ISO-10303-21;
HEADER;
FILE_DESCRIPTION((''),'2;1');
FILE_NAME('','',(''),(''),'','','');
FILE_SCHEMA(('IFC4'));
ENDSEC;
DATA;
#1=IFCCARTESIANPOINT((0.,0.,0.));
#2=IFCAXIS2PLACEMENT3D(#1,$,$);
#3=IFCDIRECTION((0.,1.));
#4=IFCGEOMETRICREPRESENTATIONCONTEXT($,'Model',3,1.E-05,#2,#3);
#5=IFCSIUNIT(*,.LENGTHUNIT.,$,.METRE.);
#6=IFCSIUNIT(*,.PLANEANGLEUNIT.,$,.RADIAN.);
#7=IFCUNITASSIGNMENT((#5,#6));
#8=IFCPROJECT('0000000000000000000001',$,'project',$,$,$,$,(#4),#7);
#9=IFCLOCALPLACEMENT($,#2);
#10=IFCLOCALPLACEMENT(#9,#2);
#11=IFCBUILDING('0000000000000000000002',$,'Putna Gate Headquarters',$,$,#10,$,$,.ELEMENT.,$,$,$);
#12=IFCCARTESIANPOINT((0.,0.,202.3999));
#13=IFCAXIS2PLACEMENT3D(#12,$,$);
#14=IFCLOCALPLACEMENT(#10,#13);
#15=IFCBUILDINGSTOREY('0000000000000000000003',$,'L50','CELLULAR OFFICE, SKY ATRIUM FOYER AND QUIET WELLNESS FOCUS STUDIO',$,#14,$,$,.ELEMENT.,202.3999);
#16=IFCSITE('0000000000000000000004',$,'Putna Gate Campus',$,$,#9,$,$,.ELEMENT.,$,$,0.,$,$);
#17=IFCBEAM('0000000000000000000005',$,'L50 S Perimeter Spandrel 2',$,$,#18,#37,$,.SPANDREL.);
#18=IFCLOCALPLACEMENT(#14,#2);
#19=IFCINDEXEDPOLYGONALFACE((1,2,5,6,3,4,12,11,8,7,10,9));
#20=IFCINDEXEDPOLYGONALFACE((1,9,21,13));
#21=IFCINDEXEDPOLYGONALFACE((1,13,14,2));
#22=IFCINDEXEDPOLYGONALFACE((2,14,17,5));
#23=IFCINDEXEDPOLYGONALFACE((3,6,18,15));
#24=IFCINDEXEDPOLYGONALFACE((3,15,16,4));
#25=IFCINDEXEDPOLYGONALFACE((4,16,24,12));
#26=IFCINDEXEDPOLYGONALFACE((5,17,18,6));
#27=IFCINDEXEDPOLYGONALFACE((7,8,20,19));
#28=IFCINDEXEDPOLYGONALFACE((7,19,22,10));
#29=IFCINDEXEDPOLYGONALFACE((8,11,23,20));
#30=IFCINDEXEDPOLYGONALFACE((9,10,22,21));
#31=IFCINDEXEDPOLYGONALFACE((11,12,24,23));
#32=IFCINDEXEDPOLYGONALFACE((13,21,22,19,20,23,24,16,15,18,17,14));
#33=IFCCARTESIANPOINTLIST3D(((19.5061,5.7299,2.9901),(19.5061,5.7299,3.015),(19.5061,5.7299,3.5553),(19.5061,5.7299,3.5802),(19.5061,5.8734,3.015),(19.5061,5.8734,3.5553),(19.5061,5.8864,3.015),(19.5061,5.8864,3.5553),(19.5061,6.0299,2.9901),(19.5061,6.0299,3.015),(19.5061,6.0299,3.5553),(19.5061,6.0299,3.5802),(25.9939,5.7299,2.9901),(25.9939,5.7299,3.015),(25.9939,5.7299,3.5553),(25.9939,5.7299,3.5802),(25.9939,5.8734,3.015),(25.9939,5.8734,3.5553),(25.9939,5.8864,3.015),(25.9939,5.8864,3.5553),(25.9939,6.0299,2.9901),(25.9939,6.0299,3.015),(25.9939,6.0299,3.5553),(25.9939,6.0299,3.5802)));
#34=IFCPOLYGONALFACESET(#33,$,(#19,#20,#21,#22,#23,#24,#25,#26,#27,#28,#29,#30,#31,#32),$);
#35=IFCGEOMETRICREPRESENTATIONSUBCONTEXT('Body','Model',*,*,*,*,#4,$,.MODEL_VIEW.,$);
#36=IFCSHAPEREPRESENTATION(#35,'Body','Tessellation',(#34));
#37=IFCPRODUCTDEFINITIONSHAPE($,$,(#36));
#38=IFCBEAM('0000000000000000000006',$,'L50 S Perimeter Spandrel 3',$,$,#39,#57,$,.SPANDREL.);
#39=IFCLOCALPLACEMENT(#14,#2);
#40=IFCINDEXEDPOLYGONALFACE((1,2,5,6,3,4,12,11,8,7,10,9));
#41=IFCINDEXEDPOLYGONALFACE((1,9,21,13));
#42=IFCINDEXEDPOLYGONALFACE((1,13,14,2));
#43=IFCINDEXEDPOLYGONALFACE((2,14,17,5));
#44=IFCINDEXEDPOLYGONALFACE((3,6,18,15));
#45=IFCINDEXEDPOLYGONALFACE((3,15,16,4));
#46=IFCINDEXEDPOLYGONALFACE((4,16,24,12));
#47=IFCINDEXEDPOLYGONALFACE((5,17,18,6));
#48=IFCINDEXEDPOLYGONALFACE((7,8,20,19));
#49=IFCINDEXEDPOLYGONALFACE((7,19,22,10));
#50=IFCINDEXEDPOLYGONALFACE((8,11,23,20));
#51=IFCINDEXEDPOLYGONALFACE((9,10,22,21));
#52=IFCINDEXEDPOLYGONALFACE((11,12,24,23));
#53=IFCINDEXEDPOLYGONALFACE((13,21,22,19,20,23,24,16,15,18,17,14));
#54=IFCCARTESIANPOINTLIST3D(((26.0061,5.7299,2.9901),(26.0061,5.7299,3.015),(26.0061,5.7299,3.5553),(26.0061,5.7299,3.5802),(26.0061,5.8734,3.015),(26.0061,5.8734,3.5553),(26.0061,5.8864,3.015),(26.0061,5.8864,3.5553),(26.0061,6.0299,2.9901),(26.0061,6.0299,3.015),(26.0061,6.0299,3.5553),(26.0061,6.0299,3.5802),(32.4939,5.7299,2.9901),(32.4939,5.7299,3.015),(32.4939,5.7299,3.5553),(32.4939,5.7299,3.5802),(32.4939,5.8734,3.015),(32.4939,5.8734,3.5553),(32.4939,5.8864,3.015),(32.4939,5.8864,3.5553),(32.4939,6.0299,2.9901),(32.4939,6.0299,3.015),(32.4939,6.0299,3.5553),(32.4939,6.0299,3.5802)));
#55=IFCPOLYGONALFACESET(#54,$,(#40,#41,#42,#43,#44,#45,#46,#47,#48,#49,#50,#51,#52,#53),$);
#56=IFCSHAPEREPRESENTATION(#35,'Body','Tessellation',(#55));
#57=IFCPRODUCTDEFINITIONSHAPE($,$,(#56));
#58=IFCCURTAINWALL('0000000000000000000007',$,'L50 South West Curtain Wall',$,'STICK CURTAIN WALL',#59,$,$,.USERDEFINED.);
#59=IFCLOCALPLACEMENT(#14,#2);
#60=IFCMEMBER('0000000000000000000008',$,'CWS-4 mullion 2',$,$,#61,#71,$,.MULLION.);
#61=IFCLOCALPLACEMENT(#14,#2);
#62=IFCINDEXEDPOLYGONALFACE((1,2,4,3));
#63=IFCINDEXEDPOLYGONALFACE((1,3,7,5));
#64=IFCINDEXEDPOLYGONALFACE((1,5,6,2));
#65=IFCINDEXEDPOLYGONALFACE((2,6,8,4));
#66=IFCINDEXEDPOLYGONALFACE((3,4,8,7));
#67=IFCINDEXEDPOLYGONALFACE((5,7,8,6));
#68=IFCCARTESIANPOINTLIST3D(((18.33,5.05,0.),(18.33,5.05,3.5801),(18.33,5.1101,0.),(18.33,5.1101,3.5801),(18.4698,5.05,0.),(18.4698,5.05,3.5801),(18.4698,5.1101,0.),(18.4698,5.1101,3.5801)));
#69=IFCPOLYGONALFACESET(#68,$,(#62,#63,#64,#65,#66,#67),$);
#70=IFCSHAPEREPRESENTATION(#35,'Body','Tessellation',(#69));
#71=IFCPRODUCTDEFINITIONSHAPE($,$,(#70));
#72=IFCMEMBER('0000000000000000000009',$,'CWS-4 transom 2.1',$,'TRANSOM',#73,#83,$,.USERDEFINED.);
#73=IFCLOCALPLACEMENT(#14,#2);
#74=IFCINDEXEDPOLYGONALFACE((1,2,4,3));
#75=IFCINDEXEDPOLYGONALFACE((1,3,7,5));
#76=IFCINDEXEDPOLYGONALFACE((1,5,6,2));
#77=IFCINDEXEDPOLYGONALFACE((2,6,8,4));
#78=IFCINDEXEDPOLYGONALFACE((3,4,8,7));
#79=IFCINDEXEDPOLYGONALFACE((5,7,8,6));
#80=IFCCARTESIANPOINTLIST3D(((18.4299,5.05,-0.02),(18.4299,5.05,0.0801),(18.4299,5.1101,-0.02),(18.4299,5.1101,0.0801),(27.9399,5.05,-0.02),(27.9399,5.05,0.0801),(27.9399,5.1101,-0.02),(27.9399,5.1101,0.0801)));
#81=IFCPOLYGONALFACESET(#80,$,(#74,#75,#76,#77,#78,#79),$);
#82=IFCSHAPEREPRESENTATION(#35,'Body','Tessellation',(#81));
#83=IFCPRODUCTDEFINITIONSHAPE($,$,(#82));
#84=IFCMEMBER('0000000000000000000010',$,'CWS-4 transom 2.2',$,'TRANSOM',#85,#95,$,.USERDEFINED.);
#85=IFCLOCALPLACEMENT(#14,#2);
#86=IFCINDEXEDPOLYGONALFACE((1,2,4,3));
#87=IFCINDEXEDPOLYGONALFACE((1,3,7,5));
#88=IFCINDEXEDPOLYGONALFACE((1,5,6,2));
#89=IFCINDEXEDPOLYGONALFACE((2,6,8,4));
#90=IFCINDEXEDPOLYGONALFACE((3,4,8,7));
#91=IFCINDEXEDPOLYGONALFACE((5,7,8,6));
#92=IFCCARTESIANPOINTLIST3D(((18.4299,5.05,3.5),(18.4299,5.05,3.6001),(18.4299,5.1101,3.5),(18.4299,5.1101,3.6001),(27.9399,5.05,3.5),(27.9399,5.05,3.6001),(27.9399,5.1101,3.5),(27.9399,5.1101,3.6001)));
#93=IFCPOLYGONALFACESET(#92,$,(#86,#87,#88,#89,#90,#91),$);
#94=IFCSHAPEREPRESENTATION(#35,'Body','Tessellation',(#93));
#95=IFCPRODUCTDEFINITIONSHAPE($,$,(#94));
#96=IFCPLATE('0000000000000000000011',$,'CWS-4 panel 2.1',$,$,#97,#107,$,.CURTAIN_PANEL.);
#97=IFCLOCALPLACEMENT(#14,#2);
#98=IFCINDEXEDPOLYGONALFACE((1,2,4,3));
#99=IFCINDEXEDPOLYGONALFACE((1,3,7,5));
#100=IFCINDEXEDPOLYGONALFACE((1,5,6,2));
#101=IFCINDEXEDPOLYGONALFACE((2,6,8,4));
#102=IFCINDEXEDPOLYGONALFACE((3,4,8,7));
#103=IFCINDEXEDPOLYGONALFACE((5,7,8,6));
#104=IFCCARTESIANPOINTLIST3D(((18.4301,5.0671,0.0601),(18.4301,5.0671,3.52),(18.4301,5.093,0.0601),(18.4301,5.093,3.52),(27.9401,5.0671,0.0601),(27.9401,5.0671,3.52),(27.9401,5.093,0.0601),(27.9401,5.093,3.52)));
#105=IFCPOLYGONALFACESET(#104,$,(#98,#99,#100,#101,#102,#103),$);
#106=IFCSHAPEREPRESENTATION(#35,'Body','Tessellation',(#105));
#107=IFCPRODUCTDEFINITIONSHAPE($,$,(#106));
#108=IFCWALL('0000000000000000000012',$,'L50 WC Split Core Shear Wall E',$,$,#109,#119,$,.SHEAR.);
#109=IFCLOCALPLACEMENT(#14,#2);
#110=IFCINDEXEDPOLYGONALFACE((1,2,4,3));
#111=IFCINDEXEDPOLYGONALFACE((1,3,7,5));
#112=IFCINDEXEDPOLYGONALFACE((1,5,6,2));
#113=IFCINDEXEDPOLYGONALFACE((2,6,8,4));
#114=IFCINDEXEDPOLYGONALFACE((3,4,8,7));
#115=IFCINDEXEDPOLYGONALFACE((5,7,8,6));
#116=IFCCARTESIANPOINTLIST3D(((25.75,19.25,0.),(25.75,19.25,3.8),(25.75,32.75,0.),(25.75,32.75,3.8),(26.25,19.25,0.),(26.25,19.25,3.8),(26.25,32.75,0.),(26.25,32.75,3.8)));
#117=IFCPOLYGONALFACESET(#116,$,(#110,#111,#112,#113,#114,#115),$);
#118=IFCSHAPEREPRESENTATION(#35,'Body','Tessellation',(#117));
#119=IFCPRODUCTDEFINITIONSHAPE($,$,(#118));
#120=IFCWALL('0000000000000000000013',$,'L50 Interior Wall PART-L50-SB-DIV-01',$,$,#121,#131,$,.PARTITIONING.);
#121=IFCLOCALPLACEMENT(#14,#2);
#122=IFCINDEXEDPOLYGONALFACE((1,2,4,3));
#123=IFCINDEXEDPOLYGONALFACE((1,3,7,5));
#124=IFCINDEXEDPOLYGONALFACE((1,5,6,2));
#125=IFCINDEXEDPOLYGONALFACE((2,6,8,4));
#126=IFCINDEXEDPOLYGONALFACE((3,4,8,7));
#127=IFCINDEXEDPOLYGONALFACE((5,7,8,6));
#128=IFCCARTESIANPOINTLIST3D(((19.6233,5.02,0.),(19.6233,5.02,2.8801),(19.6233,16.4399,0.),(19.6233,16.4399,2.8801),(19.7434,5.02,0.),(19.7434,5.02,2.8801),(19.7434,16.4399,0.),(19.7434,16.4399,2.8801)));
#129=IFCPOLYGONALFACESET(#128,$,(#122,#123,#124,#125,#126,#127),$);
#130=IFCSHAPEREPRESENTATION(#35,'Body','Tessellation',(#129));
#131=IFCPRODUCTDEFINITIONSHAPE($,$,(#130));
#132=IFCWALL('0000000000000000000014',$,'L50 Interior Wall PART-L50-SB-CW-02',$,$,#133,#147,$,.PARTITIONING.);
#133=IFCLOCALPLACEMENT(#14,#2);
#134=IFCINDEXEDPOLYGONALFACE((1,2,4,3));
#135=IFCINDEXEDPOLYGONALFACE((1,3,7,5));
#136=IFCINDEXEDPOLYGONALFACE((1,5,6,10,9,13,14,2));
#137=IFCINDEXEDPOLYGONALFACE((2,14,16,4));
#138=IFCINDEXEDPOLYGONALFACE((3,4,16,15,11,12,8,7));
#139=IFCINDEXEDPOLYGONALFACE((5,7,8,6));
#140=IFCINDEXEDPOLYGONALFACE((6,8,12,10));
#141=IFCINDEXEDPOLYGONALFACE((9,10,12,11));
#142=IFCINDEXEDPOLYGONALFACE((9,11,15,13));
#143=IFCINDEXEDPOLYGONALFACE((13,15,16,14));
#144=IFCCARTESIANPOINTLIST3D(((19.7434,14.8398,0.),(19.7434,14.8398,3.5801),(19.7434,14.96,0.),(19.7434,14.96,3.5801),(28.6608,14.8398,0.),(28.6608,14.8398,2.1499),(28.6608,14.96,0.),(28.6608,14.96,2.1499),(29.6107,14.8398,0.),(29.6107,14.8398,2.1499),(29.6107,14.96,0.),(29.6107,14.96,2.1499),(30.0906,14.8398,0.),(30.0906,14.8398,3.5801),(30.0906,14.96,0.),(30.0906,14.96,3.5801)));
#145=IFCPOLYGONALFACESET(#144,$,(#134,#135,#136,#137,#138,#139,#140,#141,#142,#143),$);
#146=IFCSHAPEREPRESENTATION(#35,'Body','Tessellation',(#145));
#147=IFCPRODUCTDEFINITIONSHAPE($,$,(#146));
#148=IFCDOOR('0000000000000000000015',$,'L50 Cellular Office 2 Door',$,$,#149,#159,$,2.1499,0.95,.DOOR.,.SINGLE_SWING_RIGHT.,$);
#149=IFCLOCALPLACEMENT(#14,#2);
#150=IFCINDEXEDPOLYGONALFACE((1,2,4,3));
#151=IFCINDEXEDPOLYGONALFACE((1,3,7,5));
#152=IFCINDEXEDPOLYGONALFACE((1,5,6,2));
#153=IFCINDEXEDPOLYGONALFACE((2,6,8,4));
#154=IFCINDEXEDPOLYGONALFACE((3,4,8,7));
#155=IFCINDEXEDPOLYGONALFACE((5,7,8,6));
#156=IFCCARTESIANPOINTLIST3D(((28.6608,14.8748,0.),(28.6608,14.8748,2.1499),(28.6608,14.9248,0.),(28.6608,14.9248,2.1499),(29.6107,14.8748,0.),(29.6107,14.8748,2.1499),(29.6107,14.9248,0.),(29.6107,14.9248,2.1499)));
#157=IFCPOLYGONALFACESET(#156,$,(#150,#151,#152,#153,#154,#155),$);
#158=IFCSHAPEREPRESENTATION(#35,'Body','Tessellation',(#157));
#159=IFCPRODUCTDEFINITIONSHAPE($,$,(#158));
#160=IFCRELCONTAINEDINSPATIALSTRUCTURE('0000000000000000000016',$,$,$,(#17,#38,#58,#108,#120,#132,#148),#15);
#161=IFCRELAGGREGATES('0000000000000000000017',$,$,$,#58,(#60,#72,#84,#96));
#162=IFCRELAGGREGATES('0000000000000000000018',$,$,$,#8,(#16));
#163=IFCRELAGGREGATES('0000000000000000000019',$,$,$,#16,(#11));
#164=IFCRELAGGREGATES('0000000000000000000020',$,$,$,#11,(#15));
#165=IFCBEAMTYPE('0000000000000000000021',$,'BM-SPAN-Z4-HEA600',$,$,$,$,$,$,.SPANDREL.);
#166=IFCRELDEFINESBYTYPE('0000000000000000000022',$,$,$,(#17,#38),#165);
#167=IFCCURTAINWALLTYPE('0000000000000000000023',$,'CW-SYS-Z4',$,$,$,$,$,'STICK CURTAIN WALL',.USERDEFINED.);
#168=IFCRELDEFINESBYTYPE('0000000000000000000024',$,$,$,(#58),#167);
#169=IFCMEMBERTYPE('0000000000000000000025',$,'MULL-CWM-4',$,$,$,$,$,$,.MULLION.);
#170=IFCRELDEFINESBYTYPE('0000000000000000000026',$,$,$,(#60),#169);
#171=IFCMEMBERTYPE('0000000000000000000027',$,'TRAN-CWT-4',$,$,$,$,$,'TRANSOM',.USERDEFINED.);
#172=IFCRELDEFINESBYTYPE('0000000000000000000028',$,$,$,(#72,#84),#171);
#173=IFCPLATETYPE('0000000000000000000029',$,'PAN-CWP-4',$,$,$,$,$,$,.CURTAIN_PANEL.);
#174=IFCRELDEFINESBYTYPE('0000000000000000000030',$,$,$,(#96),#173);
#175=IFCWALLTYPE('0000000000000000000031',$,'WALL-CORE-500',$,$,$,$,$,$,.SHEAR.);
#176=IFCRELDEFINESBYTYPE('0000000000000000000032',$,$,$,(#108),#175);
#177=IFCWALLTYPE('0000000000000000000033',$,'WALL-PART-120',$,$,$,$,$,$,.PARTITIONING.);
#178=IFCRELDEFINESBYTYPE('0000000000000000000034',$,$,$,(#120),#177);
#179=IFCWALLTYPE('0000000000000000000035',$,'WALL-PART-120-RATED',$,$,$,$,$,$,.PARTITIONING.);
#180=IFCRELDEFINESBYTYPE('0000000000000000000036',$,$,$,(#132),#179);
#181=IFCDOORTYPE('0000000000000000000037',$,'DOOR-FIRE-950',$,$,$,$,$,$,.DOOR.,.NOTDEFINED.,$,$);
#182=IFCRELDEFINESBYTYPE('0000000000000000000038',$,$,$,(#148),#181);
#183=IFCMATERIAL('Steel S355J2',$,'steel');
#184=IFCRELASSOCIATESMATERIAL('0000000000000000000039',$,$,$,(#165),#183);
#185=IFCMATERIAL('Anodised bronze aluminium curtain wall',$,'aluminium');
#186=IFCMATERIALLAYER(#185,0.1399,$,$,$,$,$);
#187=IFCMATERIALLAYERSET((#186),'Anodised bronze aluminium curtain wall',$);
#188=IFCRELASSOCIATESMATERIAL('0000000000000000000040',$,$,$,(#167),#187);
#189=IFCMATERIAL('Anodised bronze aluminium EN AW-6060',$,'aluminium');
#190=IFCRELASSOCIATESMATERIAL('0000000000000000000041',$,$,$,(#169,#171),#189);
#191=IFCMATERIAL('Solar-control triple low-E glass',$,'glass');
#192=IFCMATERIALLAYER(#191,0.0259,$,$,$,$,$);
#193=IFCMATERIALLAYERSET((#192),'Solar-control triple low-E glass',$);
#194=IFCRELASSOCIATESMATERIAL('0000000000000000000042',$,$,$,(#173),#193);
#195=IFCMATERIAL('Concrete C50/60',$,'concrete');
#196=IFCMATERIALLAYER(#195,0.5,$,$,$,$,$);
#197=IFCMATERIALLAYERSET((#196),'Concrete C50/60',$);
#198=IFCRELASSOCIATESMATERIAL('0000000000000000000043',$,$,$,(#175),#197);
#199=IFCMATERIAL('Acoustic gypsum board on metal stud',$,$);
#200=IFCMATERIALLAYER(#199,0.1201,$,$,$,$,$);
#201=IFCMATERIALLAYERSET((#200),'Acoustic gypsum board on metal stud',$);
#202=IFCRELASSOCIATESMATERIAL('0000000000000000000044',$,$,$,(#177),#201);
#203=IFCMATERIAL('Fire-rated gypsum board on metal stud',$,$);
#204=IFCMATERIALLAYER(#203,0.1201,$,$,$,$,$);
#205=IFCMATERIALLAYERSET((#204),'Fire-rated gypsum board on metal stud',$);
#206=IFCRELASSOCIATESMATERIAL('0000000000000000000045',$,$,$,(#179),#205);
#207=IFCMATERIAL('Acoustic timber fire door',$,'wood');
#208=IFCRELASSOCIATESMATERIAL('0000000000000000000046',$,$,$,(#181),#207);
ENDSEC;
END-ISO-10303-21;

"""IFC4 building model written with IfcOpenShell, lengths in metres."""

from ifc_helpers import new_model, si_unit, direction, frame, frame_2d, origin, origin_2d, place, context, subcontext, project, spatial, rectangle, i_section, extrude, material, layer, layer_set, material_profile, profile_set, type_object, element, fill, aggregate, save


model = new_model("IFC4")

# Units and contexts
model_context = context("Model", 3, precision=1e-05, world=origin(), true_north=direction((0.0, 1.0)))
body_context = subcontext(model_context, "Body", "Model", "MODEL_VIEW")
ifc_project = project(units=[si_unit("LENGTHUNIT", "METRE"), si_unit("PLANEANGLEUNIT", "RADIAN")], contexts=[model_context])

# Site, building, storey
site_placement = place(None, origin())
site = spatial("IfcSite", under=ifc_project, at=site_placement, Name="Putna Gate Campus", CompositionType="ELEMENT", RefElevation=0.0)
building_placement = place(site_placement, origin())
building = spatial("IfcBuilding", under=site, at=building_placement, Name="Putna Gate Headquarters", CompositionType="ELEMENT")
storey_placement = place(building_placement, frame((0.0, 0.0, 202.3999)))
storey = spatial("IfcBuildingStorey", under=building, at=storey_placement, Name="L50", Description="CELLULAR OFFICE, SKY ATRIUM FOYER AND QUIET WELLNESS FOCUS STUDIO", CompositionType="ELEMENT", Elevation=202.3999)

# Beams
ifc_material_1 = material(Name="Steel S355J2", Category="steel")
ifc_material_profile_1 = material_profile(ifc_material_1, i_section(OverallWidth=0.3, OverallDepth=0.5901, WebThickness=0.0129, FlangeThickness=0.0249, at=origin_2d()), Name="Steel S355J2")
ifc_profile_set_1 = profile_set([ifc_material_profile_1], Name="Steel S355J2")
beam_type_1 = type_object("IfcBeamType", Name="BM-SPAN-Z4-HEA600", PredefinedType="SPANDREL", material=ifc_profile_set_1)
for number, where, z_axis, x_axis, name in (
    (1, (19.5061, 5.8799, 3.2852), (1.0, 0.0, 0.0), (0.0, 1.0, 0.0), "L50 S Perimeter Spandrel 2"),
    (2, (26.0061, 5.8799, 3.2852), (1.0, 0.0, 0.0), (0.0, 1.0, 0.0), "L50 S Perimeter Spandrel 3"),
):
    element("IfcBeam", number, at=place(storey_placement, frame(where, z_axis=z_axis, x_axis=x_axis)), inside=storey, type_object=beam_type_1, Name=name, PredefinedType="SPANDREL", context=body_context, shape_type="SweptSolid", body=[
        extrude(i_section(OverallWidth=0.3, OverallDepth=0.5901, WebThickness=0.0129, FlangeThickness=0.0249, at=origin_2d()), origin(), (0.0, 0.0, 1.0), 6.4878),
    ])

# Curtain wall, members, plate
ifc_material_2 = material(Name="Anodised bronze aluminium curtain wall", Category="aluminium")
ifc_layer_1 = layer(ifc_material_2, 0.1399)
ifc_layer_set_1 = layer_set([ifc_layer_1], Name="Anodised bronze aluminium curtain wall")
curtain_wall_type = type_object("IfcCurtainWallType", Name="CW-SYS-Z4", ElementType="STICK CURTAIN WALL", PredefinedType="USERDEFINED", material=ifc_layer_set_1)
curtain_wall_placement = place(storey_placement, origin())
curtain_wall = element("IfcCurtainWall", 3, at=curtain_wall_placement, inside=storey, type_object=curtain_wall_type, Name="L50 South West Curtain Wall", ObjectType="STICK CURTAIN WALL", PredefinedType="USERDEFINED")
ifc_material_3 = material(Name="Anodised bronze aluminium EN AW-6060", Category="aluminium")
ifc_material_profile_2 = material_profile(ifc_material_3, rectangle(XDim=0.0601, YDim=0.1399, at=origin_2d()), Name="Anodised bronze aluminium EN AW-6060")
ifc_profile_set_2 = profile_set([ifc_material_profile_2], Name="Anodised bronze aluminium EN AW-6060")
member_type_1 = type_object("IfcMemberType", Name="MULL-CWM-4", PredefinedType="MULLION", material=ifc_profile_set_2)
member_1_placement = place(storey_placement, frame((18.3999, 5.0801, 0.0), z_axis=(0.0, 0.0, 1.0), x_axis=(0.0, 1.0, 0.0)))
member_1 = element("IfcMember", 4, at=member_1_placement, type_object=member_type_1, Name="CWS-4 mullion 2", PredefinedType="MULLION", context=body_context, shape_type="SweptSolid", body=[
    extrude(rectangle(XDim=0.0601, YDim=0.1399, at=origin_2d()), origin(), (0.0, 0.0, 1.0), 3.5801),
])
ifc_material_profile_3 = material_profile(ifc_material_3, rectangle(XDim=0.0601, YDim=0.1001, at=origin_2d()), Name="Anodised bronze aluminium EN AW-6060")
ifc_profile_set_3 = profile_set([ifc_material_profile_3], Name="Anodised bronze aluminium EN AW-6060")
member_type_2 = type_object("IfcMemberType", Name="TRAN-CWT-4", ElementType="TRANSOM", PredefinedType="USERDEFINED", material=ifc_profile_set_3)
member_2_placement = place(storey_placement, frame((18.4299, 5.0801, 0.03), z_axis=(1.0, 0.0, 0.0), x_axis=(0.0, 1.0, 0.0)))
member_2 = element("IfcMember", 5, at=member_2_placement, type_object=member_type_2, Name="CWS-4 transom 2.1", ObjectType="TRANSOM", PredefinedType="USERDEFINED", context=body_context, shape_type="SweptSolid", body=[
    extrude(rectangle(XDim=0.0601, YDim=0.1001, at=origin_2d()), origin(), (0.0, 0.0, 1.0), 9.51),
])
member_3_placement = place(storey_placement, frame((18.4299, 5.0801, 3.55), z_axis=(1.0, 0.0, 0.0), x_axis=(0.0, 1.0, 0.0)))
member_3 = element("IfcMember", 6, at=member_3_placement, type_object=member_type_2, Name="CWS-4 transom 2.2", ObjectType="TRANSOM", PredefinedType="USERDEFINED", context=body_context, shape_type="SweptSolid", body=[
    extrude(rectangle(XDim=0.0601, YDim=0.1001, at=origin_2d()), origin(), (0.0, 0.0, 1.0), 9.51),
])
ifc_material_4 = material(Name="Solar-control triple low-E glass", Category="glass")
ifc_layer_2 = layer(ifc_material_4, 0.0259)
ifc_layer_set_2 = layer_set([ifc_layer_2], Name="Solar-control triple low-E glass")
plate_type = type_object("IfcPlateType", Name="PAN-CWP-4", PredefinedType="CURTAIN_PANEL", material=ifc_layer_set_2)
plate_placement = place(storey_placement, frame((23.1851, 5.0801, 0.0601), z_axis=(0.0, 0.0, 1.0), x_axis=(1.0, 0.0, 0.0)))
plate = element("IfcPlate", 7, at=plate_placement, type_object=plate_type, Name="CWS-4 panel 2.1", PredefinedType="CURTAIN_PANEL", context=body_context, shape_type="SweptSolid", body=[
    extrude(rectangle(XDim=9.51, YDim=0.0259, at=origin_2d()), origin(), (0.0, 0.0, 1.0), 3.46),
])
aggregate(curtain_wall, [member_1, member_2, member_3, plate])

# Walls
ifc_material_5 = material(Name="Concrete C50/60", Category="concrete")
ifc_layer_3 = layer(ifc_material_5, 0.5)
ifc_layer_set_3 = layer_set([ifc_layer_3], Name="Concrete C50/60")
wall_type_1 = type_object("IfcWallType", Name="WALL-CORE-500", PredefinedType="SHEAR", material=ifc_layer_set_3)
wall_1_placement = place(storey_placement, frame((26.0, 19.25, 0.0), z_axis=(0.0, 0.0, 1.0), x_axis=(0.0, 1.0, 0.0)))
element("IfcWall", 8, at=wall_1_placement, inside=storey, type_object=wall_type_1, Name="L50 WC Split Core Shear Wall E", PredefinedType="SHEAR", context=body_context, shape_type="SweptSolid", body=[
    extrude(rectangle(XDim=13.5, YDim=0.5, at=frame_2d((6.75, 0.0))), origin(), (0.0, 0.0, 1.0), 3.8),
])
ifc_material_6 = material(Name="Acoustic gypsum board on metal stud")
ifc_layer_4 = layer(ifc_material_6, 0.1201)
ifc_layer_set_4 = layer_set([ifc_layer_4], Name="Acoustic gypsum board on metal stud")
wall_type_2 = type_object("IfcWallType", Name="WALL-PART-120", PredefinedType="PARTITIONING", material=ifc_layer_set_4)
wall_2_placement = place(storey_placement, frame((19.6833, 5.02, 0.0), z_axis=(0.0, 0.0, 1.0), x_axis=(0.0, 1.0, 0.0)))
element("IfcWall", 9, at=wall_2_placement, inside=storey, type_object=wall_type_2, Name="L50 Interior Wall PART-L50-SB-DIV-01", PredefinedType="PARTITIONING", context=body_context, shape_type="SweptSolid", body=[
    extrude(rectangle(XDim=11.4199, YDim=0.1201, at=frame_2d((5.71, 0.0))), origin(), (0.0, 0.0, 1.0), 2.8801),
])

# Wall, opening, door
ifc_material_7 = material(Name="Fire-rated gypsum board on metal stud")
ifc_layer_5 = layer(ifc_material_7, 0.1201)
ifc_layer_set_5 = layer_set([ifc_layer_5], Name="Fire-rated gypsum board on metal stud")
wall_type_3 = type_object("IfcWallType", Name="WALL-PART-120-RATED", PredefinedType="PARTITIONING", material=ifc_layer_set_5)
wall_3_placement = place(storey_placement, frame((19.7434, 14.8999, 0.0), z_axis=(0.0, 0.0, 1.0), x_axis=(1.0, 0.0, 0.0)))
wall_3 = element("IfcWall", 10, at=wall_3_placement, inside=storey, type_object=wall_type_3, Name="L50 Interior Wall PART-L50-SB-CW-02", PredefinedType="PARTITIONING", context=body_context, shape_type="SweptSolid", body=[
    extrude(rectangle(XDim=10.3472, YDim=0.1201, at=frame_2d((5.1736, 0.0))), origin(), (0.0, 0.0, 1.0), 3.5801),
])
opening_1_placement = place(wall_3_placement, frame((8.9172, 0.0, 0.0)))
opening_1 = element("IfcOpeningElement", 11, at=opening_1_placement, cuts=wall_3, PredefinedType="OPENING", context=body_context, shape_type="SweptSolid", body=[
    extrude(rectangle(XDim=0.95, YDim=2.1499, at=frame_2d((0.4751, 1.075))), frame((0.0, 0.0701, 0.0), z_axis=(0.0, -1.0, 0.0), x_axis=(1.0, 0.0, 0.0)), (0.0, 0.0, 1.0), 0.1401),
])
ifc_material_8 = material(Name="Acoustic timber fire door", Category="wood")
door_type_1 = type_object("IfcDoorType", Name="DOOR-FIRE-950", OperationType="NOTDEFINED", PredefinedType="DOOR", material=ifc_material_8)
door_1_placement = place(opening_1_placement, origin())
door_1 = element("IfcDoor", 12, at=door_1_placement, inside=storey, type_object=door_type_1, Name="L50 Cellular Office 2 Door", OperationType="SINGLE_SWING_RIGHT", OverallHeight=2.1499, OverallWidth=0.95, PredefinedType="DOOR", context=body_context, shape_type="SweptSolid", body=[
    extrude(rectangle(XDim=0.95, YDim=2.1499, at=frame_2d((0.4751, 1.075))), frame((0.0, 0.0249, 0.0), z_axis=(0.0, -1.0, 0.0), x_axis=(1.0, 0.0, 0.0)), (0.0, 0.0, 1.0), 0.05),
])
fill(opening_1, door_1)

save(model, "model.ifc")
